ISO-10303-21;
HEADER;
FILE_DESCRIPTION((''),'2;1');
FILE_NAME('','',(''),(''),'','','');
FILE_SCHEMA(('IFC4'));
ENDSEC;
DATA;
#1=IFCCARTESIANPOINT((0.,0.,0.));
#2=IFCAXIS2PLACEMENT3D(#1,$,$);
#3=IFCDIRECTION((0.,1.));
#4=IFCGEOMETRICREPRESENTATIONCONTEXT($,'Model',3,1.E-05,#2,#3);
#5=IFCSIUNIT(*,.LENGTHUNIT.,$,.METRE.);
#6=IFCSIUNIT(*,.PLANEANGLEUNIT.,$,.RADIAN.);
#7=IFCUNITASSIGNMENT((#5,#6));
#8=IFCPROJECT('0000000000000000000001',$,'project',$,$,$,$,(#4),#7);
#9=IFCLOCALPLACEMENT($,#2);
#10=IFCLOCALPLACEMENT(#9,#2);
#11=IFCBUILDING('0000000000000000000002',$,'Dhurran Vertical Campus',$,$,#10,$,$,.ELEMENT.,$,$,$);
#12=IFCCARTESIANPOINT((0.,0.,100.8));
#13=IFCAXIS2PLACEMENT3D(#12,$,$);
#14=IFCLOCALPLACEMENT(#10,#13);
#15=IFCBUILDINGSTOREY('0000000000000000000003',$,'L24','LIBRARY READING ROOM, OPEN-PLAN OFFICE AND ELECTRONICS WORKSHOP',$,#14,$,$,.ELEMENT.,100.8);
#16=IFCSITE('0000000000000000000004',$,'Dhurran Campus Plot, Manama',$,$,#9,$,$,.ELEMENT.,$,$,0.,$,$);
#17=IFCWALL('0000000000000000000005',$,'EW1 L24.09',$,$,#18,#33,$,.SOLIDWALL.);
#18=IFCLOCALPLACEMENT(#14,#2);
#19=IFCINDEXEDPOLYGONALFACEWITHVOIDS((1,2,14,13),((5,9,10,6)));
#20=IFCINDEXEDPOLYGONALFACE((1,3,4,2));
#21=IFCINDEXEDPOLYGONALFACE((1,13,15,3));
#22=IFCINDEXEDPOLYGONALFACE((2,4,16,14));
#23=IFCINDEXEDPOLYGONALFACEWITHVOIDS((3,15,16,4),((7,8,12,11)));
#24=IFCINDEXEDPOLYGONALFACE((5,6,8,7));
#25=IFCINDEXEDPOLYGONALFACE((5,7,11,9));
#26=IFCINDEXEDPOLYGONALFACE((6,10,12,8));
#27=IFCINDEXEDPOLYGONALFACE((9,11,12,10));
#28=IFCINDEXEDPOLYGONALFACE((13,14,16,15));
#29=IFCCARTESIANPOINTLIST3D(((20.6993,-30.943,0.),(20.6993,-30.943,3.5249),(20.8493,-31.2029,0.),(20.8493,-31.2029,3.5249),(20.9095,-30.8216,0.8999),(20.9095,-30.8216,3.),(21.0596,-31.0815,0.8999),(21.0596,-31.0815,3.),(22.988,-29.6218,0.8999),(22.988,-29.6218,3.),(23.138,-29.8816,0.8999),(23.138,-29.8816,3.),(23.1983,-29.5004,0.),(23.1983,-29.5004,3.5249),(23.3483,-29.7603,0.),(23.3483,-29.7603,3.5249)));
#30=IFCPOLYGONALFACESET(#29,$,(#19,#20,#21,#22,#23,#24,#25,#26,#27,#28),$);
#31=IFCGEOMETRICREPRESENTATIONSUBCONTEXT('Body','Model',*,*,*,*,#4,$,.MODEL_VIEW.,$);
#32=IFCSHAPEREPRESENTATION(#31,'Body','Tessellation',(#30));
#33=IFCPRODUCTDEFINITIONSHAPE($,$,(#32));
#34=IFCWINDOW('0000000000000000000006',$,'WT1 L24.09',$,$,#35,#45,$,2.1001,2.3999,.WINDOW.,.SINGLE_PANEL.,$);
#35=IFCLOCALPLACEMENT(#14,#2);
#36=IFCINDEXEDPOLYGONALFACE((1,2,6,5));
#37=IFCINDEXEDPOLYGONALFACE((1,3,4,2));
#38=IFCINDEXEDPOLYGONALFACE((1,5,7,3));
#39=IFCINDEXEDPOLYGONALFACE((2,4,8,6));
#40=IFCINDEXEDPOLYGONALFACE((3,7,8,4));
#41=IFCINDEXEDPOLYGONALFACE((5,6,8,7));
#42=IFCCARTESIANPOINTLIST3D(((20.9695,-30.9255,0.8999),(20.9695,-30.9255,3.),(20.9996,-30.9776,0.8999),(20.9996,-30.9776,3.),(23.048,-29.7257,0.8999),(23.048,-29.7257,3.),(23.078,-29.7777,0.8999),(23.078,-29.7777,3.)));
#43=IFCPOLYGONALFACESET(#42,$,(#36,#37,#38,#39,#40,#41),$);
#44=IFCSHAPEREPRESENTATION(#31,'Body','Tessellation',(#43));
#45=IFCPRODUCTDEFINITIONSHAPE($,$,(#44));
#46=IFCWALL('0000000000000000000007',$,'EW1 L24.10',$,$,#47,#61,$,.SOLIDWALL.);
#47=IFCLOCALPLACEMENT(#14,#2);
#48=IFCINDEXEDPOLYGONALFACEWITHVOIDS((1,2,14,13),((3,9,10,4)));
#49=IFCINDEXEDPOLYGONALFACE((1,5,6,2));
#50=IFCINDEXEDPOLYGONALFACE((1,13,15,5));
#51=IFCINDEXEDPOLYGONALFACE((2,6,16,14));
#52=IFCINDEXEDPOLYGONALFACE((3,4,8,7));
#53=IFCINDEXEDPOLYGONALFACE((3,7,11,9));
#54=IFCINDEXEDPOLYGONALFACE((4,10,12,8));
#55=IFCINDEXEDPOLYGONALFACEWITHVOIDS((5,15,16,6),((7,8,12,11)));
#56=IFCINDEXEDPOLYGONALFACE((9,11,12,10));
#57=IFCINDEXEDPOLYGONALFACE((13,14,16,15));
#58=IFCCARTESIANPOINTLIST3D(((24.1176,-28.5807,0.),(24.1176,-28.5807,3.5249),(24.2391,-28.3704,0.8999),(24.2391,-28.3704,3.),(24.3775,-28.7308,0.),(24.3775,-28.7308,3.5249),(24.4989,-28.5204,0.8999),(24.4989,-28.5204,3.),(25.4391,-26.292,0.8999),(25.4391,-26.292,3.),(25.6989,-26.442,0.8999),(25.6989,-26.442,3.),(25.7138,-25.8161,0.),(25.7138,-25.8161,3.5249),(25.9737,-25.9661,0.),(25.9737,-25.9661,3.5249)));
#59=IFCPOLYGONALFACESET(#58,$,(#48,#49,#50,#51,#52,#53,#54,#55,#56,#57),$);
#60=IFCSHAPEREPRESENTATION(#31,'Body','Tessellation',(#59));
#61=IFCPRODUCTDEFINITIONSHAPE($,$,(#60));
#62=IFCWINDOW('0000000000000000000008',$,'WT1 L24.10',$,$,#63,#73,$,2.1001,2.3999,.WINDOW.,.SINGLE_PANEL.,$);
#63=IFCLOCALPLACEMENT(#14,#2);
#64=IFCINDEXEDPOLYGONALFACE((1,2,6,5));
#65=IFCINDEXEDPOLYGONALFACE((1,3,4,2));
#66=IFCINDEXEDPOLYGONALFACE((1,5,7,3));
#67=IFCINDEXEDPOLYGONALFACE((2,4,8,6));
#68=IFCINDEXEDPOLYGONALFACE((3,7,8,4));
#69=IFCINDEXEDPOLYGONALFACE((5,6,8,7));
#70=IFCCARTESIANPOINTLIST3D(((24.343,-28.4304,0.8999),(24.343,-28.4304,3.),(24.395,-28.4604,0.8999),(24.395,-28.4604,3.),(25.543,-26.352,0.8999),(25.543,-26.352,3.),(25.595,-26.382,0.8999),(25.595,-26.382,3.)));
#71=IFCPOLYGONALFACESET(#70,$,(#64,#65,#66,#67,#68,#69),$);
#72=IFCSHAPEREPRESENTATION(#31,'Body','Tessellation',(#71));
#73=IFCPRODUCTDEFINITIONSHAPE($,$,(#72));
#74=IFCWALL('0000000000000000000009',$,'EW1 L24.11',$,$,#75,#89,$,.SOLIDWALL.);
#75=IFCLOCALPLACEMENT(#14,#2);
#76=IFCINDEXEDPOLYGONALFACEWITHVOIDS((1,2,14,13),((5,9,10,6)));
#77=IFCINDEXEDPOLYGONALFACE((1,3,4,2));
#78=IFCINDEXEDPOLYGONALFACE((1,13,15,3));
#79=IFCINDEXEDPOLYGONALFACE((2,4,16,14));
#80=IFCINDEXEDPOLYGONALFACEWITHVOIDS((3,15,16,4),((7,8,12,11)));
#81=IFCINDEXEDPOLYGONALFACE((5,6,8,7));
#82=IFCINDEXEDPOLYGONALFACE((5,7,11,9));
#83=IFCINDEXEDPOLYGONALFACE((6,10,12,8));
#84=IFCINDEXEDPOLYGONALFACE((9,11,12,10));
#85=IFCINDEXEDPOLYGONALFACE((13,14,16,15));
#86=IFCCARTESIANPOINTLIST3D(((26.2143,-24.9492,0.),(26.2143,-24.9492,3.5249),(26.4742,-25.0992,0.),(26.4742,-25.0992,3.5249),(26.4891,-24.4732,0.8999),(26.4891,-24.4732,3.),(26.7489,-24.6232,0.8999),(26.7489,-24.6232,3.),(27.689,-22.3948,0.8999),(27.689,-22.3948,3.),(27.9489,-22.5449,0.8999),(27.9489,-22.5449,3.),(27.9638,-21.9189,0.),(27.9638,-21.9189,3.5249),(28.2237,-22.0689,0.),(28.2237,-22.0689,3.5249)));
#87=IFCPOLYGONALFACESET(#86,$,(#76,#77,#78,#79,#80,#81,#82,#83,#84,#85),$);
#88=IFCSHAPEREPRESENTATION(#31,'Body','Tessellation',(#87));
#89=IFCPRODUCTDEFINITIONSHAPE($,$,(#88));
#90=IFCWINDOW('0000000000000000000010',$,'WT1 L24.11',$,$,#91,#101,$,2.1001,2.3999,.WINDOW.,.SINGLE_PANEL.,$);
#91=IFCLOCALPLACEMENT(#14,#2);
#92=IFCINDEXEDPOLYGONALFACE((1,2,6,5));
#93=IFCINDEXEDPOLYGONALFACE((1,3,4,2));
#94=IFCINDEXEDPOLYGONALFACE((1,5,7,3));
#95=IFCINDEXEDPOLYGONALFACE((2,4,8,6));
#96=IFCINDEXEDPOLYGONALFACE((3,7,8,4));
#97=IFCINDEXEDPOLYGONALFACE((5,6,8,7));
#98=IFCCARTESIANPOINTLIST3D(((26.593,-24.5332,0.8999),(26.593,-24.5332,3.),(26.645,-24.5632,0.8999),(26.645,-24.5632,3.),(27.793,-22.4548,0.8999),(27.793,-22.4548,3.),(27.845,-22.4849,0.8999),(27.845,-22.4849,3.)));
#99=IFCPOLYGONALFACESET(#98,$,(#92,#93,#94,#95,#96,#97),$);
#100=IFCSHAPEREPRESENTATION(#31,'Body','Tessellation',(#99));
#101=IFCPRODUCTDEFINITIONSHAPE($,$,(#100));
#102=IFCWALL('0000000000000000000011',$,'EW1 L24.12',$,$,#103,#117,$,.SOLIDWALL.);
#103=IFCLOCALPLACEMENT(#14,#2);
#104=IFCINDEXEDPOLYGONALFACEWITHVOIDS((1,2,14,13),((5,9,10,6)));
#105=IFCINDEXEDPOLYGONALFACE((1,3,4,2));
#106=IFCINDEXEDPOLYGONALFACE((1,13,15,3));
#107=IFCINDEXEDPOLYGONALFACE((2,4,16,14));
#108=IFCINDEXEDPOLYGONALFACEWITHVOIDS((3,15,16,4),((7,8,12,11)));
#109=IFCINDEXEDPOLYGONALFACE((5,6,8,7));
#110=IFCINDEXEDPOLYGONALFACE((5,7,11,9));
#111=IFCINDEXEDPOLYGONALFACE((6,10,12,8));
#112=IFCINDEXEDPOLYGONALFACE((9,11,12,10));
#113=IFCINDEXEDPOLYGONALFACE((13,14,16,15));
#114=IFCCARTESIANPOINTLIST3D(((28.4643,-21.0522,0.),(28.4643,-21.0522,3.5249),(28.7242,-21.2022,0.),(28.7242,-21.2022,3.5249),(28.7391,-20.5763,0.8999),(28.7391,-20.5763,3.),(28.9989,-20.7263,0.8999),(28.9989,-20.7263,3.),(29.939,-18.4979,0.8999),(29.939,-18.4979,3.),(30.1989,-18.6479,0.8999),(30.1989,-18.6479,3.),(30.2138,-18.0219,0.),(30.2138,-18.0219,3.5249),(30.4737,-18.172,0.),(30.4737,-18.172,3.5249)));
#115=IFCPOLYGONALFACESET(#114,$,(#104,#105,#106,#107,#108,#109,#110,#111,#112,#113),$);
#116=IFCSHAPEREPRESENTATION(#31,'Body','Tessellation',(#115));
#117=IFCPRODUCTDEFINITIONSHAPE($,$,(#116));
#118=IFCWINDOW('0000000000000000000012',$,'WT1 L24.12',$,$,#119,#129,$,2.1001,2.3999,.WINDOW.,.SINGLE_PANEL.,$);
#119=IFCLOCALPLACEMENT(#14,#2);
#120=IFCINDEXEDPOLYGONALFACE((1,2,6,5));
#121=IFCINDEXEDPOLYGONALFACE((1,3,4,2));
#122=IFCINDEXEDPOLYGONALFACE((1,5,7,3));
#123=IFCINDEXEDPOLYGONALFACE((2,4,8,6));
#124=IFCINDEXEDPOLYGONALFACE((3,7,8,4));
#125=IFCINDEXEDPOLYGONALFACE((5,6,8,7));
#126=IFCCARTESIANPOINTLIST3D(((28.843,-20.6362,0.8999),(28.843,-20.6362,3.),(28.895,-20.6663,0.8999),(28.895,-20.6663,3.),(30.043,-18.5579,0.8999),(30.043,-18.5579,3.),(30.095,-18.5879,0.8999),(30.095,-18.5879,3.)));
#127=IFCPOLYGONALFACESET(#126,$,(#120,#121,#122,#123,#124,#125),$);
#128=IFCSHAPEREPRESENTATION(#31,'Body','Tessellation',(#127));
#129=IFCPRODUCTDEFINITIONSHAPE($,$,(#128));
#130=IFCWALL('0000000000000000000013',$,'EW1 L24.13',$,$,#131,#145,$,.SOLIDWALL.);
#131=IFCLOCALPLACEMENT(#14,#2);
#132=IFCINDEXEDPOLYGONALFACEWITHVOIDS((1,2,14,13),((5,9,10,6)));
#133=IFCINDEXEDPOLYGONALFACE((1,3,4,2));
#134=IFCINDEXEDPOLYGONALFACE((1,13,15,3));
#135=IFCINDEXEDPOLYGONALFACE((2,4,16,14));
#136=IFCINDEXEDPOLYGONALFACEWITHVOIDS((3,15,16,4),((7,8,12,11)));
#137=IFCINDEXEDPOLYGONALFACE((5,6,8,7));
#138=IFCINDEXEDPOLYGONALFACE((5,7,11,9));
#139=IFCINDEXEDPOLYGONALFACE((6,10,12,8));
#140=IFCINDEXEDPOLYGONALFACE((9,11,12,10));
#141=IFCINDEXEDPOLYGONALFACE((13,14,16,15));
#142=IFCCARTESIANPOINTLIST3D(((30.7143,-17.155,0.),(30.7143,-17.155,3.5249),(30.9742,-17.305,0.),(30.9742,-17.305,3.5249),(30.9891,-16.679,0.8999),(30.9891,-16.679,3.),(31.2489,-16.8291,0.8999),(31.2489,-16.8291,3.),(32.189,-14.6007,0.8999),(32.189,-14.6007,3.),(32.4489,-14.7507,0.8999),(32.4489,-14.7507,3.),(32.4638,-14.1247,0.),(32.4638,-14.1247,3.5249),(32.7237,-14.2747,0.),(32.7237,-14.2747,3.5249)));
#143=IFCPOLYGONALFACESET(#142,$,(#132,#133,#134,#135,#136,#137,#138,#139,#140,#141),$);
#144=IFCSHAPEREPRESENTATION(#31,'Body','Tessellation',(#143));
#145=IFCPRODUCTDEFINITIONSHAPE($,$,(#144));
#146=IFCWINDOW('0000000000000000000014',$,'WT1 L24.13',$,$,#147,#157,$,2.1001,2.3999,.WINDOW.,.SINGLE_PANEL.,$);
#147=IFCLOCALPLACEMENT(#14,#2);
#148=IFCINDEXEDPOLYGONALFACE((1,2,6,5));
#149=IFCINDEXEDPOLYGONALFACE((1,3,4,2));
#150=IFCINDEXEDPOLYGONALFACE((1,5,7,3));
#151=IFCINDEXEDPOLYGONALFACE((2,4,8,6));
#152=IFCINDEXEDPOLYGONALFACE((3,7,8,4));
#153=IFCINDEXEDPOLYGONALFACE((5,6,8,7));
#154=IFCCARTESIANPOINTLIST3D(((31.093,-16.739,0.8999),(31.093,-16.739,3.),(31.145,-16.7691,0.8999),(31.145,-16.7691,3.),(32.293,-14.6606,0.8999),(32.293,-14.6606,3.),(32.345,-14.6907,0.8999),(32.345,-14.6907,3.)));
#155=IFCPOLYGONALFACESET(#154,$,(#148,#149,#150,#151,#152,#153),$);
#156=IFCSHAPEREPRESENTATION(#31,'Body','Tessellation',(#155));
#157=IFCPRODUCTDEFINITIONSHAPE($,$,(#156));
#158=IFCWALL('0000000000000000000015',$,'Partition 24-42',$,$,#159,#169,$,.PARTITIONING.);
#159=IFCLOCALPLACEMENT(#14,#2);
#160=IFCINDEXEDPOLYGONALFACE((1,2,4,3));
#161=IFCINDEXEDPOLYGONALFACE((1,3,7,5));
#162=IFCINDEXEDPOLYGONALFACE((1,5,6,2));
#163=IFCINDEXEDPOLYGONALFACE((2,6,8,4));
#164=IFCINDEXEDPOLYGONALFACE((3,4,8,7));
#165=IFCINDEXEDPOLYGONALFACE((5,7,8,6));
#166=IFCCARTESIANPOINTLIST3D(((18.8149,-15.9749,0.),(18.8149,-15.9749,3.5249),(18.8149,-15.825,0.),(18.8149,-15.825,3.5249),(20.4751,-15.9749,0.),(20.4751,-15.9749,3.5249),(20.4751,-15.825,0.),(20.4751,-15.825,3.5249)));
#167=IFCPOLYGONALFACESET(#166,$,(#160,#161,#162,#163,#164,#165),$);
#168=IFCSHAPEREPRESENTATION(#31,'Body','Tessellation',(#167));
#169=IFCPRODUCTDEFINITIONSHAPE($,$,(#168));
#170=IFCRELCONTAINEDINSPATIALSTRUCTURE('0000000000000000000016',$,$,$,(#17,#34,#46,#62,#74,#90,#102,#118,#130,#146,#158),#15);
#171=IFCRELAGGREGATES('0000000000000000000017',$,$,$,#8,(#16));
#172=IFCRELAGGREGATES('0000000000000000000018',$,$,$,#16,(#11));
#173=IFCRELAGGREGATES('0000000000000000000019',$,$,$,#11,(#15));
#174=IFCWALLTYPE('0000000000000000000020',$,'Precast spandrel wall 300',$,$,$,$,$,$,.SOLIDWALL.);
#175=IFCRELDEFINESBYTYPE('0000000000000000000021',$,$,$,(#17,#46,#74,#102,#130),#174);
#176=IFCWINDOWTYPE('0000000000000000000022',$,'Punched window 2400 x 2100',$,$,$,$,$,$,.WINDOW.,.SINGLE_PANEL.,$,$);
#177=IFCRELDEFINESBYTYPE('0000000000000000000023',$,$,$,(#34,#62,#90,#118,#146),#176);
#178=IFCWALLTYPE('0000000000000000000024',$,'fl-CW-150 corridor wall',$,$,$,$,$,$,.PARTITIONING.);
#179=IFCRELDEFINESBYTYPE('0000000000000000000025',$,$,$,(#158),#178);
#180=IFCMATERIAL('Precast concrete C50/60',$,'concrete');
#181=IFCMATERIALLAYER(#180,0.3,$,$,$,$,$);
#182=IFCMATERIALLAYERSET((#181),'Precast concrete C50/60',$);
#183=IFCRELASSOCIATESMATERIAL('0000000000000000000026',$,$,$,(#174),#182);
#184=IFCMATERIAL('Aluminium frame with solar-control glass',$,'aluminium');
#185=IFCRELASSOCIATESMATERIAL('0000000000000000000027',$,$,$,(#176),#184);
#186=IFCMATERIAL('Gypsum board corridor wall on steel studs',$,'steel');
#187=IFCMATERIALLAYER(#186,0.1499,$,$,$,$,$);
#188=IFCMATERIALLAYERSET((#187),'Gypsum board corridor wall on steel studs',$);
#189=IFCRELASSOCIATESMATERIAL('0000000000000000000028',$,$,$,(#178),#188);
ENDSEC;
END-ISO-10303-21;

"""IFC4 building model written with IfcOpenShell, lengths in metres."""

from ifc_helpers import new_model, si_unit, direction, frame, frame_2d, origin, place, context, subcontext, project, spatial, rectangle, extrude, material, layer, layer_set, type_object, element, fill, save


model = new_model("IFC4")

# Units and contexts
model_context = context("Model", 3, precision=1e-05, world=origin(), true_north=direction((0.0, 1.0)))
body_context = subcontext(model_context, "Body", "Model", "MODEL_VIEW")
ifc_project = project(units=[si_unit("LENGTHUNIT", "METRE"), si_unit("PLANEANGLEUNIT", "RADIAN")], contexts=[model_context])

# Site, building, storey
site_placement = place(None, origin())
site = spatial("IfcSite", under=ifc_project, at=site_placement, Name="Dhurran Campus Plot, Manama", CompositionType="ELEMENT", RefElevation=0.0)
building_placement = place(site_placement, origin())
building = spatial("IfcBuilding", under=site, at=building_placement, Name="Dhurran Vertical Campus", CompositionType="ELEMENT")
storey_placement = place(building_placement, frame((0.0, 0.0, 100.8)))
storey = spatial("IfcBuildingStorey", under=building, at=storey_placement, Name="L24", Description="LIBRARY READING ROOM, OPEN-PLAN OFFICE AND ELECTRONICS WORKSHOP", CompositionType="ELEMENT", Elevation=100.8)

# Walls, openings, windows
ifc_material_1 = material(Name="Precast concrete C50/60", Category="concrete")
ifc_layer_1 = layer(ifc_material_1, 0.3)
ifc_layer_set_1 = layer_set([ifc_layer_1], Name="Precast concrete C50/60")
wall_type_1 = type_object("IfcWallType", Name="Precast spandrel wall 300", PredefinedType="SOLIDWALL", material=ifc_layer_set_1)
ifc_material_2 = material(Name="Aluminium frame with solar-control glass", Category="aluminium")
window_type = type_object("IfcWindowType", Name="Punched window 2400 x 2100", PartitioningType="SINGLE_PANEL", PredefinedType="WINDOW", material=ifc_material_2)
wall_1_placement = place(storey_placement, frame((20.7742, -31.073, 0.0), z_axis=(0.0, 0.0, 1.0), x_axis=(0.866053, 0.499952, 0.0)))
wall_1 = element("IfcWall", 1, at=wall_1_placement, inside=storey, type_object=wall_type_1, Name="EW1 L24.09", PredefinedType="SOLIDWALL", context=body_context, shape_type="SweptSolid", body=[
    extrude(rectangle(XDim=2.8855, YDim=0.3, at=frame_2d((1.4429, 0.0))), origin(), (0.0, 0.0, 1.0), 3.5249),
])
opening_1_placement = place(wall_1_placement, frame((0.2429, 0.0, 0.8999)))
opening_1 = element("IfcOpeningElement", 2, at=opening_1_placement, cuts=wall_1, PredefinedType="OPENING", context=body_context, shape_type="SweptSolid", body=[
    extrude(rectangle(XDim=2.3999, YDim=2.1001, at=frame_2d((1.2, 1.05))), frame((0.0, 0.1599, 0.0), z_axis=(0.0, -1.0, 0.0), x_axis=(1.0, 0.0, 0.0)), (0.0, 0.0, 1.0), 0.3201),
])
window_1_placement = place(opening_1_placement, origin())
window_1 = element("IfcWindow", 3, at=window_1_placement, inside=storey, type_object=window_type, Name="WT1 L24.09", OverallHeight=2.1001, OverallWidth=2.3999, PartitioningType="SINGLE_PANEL", PredefinedType="WINDOW", context=body_context, shape_type="SweptSolid", body=[
    extrude(rectangle(XDim=2.3999, YDim=2.1001, at=frame_2d((1.2, 1.05))), frame((0.0, 0.03, 0.0), z_axis=(0.0, -1.0, 0.0), x_axis=(1.0, 0.0, 0.0)), (0.0, 0.0, 1.0), 0.0601),
])
fill(opening_1, window_1)
wall_2_placement = place(storey_placement, frame((24.2476, -28.6558, 0.0), z_axis=(0.0, 0.0, 1.0), x_axis=(0.500005, 0.866023, 0.0)))
wall_2 = element("IfcWall", 4, at=wall_2_placement, inside=storey, type_object=wall_type_1, Name="EW1 L24.10", PredefinedType="SOLIDWALL", context=body_context, shape_type="SweptSolid", body=[
    extrude(rectangle(XDim=3.1924, YDim=0.3, at=frame_2d((1.5962, 0.0))), origin(), (0.0, 0.0, 1.0), 3.5249),
])
opening_2_placement = place(wall_2_placement, frame((0.2429, 0.0, 0.8999)))
opening_2 = element("IfcOpeningElement", 5, at=opening_2_placement, cuts=wall_2, PredefinedType="OPENING", context=body_context, shape_type="SweptSolid", body=[
    extrude(rectangle(XDim=2.3999, YDim=2.1001, at=frame_2d((1.2, 1.05))), frame((0.0, 0.1599, 0.0), z_axis=(0.0, -1.0, 0.0), x_axis=(1.0, 0.0, 0.0)), (0.0, 0.0, 1.0), 0.3201),
])
window_2_placement = place(opening_2_placement, origin())
window_2 = element("IfcWindow", 6, at=window_2_placement, inside=storey, type_object=window_type, Name="WT1 L24.10", OverallHeight=2.1001, OverallWidth=2.3999, PartitioningType="SINGLE_PANEL", PredefinedType="WINDOW", context=body_context, shape_type="SweptSolid", body=[
    extrude(rectangle(XDim=2.3999, YDim=2.1001, at=frame_2d((1.2, 1.05))), frame((0.0, 0.03, 0.0), z_axis=(0.0, -1.0, 0.0), x_axis=(1.0, 0.0, 0.0)), (0.0, 0.0, 1.0), 0.0601),
])
fill(opening_2, window_2)
wall_3_placement = place(storey_placement, frame((26.3442, -25.0242, 0.0), z_axis=(0.0, 0.0, 1.0), x_axis=(0.499996, 0.866028, 0.0)))
wall_3 = element("IfcWall", 7, at=wall_3_placement, inside=storey, type_object=wall_type_1, Name="EW1 L24.11", PredefinedType="SOLIDWALL", context=body_context, shape_type="SweptSolid", body=[
    extrude(rectangle(XDim=3.499, YDim=0.3, at=frame_2d((1.7495, 0.0))), origin(), (0.0, 0.0, 1.0), 3.5249),
])
opening_3_placement = place(wall_3_placement, frame((0.5496, 0.0, 0.8999)))
opening_3 = element("IfcOpeningElement", 8, at=opening_3_placement, cuts=wall_3, PredefinedType="OPENING", context=body_context, shape_type="SweptSolid", body=[
    extrude(rectangle(XDim=2.3999, YDim=2.1001, at=frame_2d((1.2, 1.05))), frame((0.0, 0.1599, 0.0), z_axis=(0.0, -1.0, 0.0), x_axis=(1.0, 0.0, 0.0)), (0.0, 0.0, 1.0), 0.3201),
])
window_3_placement = place(opening_3_placement, origin())
window_3 = element("IfcWindow", 9, at=window_3_placement, inside=storey, type_object=window_type, Name="WT1 L24.11", OverallHeight=2.1001, OverallWidth=2.3999, PartitioningType="SINGLE_PANEL", PredefinedType="WINDOW", context=body_context, shape_type="SweptSolid", body=[
    extrude(rectangle(XDim=2.3999, YDim=2.1001, at=frame_2d((1.2, 1.05))), frame((0.0, 0.03, 0.0), z_axis=(0.0, -1.0, 0.0), x_axis=(1.0, 0.0, 0.0)), (0.0, 0.0, 1.0), 0.0601),
])
fill(opening_3, window_3)
wall_4_placement = place(storey_placement, frame((28.5942, -21.1272, 0.0), z_axis=(0.0, 0.0, 1.0), x_axis=(0.499996, 0.866028, 0.0)))
wall_4 = element("IfcWall", 10, at=wall_4_placement, inside=storey, type_object=wall_type_1, Name="EW1 L24.12", PredefinedType="SOLIDWALL", context=body_context, shape_type="SweptSolid", body=[
    extrude(rectangle(XDim=3.499, YDim=0.3, at=frame_2d((1.7495, 0.0))), origin(), (0.0, 0.0, 1.0), 3.5249),
])
opening_4_placement = place(wall_4_placement, frame((0.5496, 0.0, 0.8999)))
opening_4 = element("IfcOpeningElement", 11, at=opening_4_placement, cuts=wall_4, PredefinedType="OPENING", context=body_context, shape_type="SweptSolid", body=[
    extrude(rectangle(XDim=2.3999, YDim=2.1001, at=frame_2d((1.2, 1.05))), frame((0.0, 0.1599, 0.0), z_axis=(0.0, -1.0, 0.0), x_axis=(1.0, 0.0, 0.0)), (0.0, 0.0, 1.0), 0.3201),
])
window_4_placement = place(opening_4_placement, origin())
window_4 = element("IfcWindow", 12, at=window_4_placement, inside=storey, type_object=window_type, Name="WT1 L24.12", OverallHeight=2.1001, OverallWidth=2.3999, PartitioningType="SINGLE_PANEL", PredefinedType="WINDOW", context=body_context, shape_type="SweptSolid", body=[
    extrude(rectangle(XDim=2.3999, YDim=2.1001, at=frame_2d((1.2, 1.05))), frame((0.0, 0.03, 0.0), z_axis=(0.0, -1.0, 0.0), x_axis=(1.0, 0.0, 0.0)), (0.0, 0.0, 1.0), 0.0601),
])
fill(opening_4, window_4)
wall_5_placement = place(storey_placement, frame((30.8442, -17.23, 0.0), z_axis=(0.0, 0.0, 1.0), x_axis=(0.499996, 0.866028, 0.0)))
wall_5 = element("IfcWall", 13, at=wall_5_placement, inside=storey, type_object=wall_type_1, Name="EW1 L24.13", PredefinedType="SOLIDWALL", context=body_context, shape_type="SweptSolid", body=[
    extrude(rectangle(XDim=3.499, YDim=0.3, at=frame_2d((1.7495, 0.0))), origin(), (0.0, 0.0, 1.0), 3.5249),
])
opening_5_placement = place(wall_5_placement, frame((0.5496, 0.0, 0.8999)))
opening_5 = element("IfcOpeningElement", 14, at=opening_5_placement, cuts=wall_5, PredefinedType="OPENING", context=body_context, shape_type="SweptSolid", body=[
    extrude(rectangle(XDim=2.3999, YDim=2.1001, at=frame_2d((1.2, 1.05))), frame((0.0, 0.1599, 0.0), z_axis=(0.0, -1.0, 0.0), x_axis=(1.0, 0.0, 0.0)), (0.0, 0.0, 1.0), 0.3201),
])
window_5_placement = place(opening_5_placement, origin())
window_5 = element("IfcWindow", 15, at=window_5_placement, inside=storey, type_object=window_type, Name="WT1 L24.13", OverallHeight=2.1001, OverallWidth=2.3999, PartitioningType="SINGLE_PANEL", PredefinedType="WINDOW", context=body_context, shape_type="SweptSolid", body=[
    extrude(rectangle(XDim=2.3999, YDim=2.1001, at=frame_2d((1.2, 1.05))), frame((0.0, 0.03, 0.0), z_axis=(0.0, -1.0, 0.0), x_axis=(1.0, 0.0, 0.0)), (0.0, 0.0, 1.0), 0.0601),
])
fill(opening_5, window_5)

# Wall
ifc_material_3 = material(Name="Gypsum board corridor wall on steel studs", Category="steel")
ifc_layer_2 = layer(ifc_material_3, 0.1499)
ifc_layer_set_2 = layer_set([ifc_layer_2], Name="Gypsum board corridor wall on steel studs")
wall_type_2 = type_object("IfcWallType", Name="fl-CW-150 corridor wall", PredefinedType="PARTITIONING", material=ifc_layer_set_2)
wall_6_placement = place(storey_placement, frame((18.8149, -15.8999, 0.0), z_axis=(0.0, 0.0, 1.0), x_axis=(1.0, 0.0, 0.0)))
element("IfcWall", 16, at=wall_6_placement, inside=storey, type_object=wall_type_2, Name="Partition 24-42", PredefinedType="PARTITIONING", context=body_context, shape_type="SweptSolid", body=[
    extrude(rectangle(XDim=1.6602, YDim=0.1499, at=frame_2d((0.8301, 0.0))), origin(), (0.0, 0.0, 1.0), 3.5249),
])

save(model, "model.ifc")
